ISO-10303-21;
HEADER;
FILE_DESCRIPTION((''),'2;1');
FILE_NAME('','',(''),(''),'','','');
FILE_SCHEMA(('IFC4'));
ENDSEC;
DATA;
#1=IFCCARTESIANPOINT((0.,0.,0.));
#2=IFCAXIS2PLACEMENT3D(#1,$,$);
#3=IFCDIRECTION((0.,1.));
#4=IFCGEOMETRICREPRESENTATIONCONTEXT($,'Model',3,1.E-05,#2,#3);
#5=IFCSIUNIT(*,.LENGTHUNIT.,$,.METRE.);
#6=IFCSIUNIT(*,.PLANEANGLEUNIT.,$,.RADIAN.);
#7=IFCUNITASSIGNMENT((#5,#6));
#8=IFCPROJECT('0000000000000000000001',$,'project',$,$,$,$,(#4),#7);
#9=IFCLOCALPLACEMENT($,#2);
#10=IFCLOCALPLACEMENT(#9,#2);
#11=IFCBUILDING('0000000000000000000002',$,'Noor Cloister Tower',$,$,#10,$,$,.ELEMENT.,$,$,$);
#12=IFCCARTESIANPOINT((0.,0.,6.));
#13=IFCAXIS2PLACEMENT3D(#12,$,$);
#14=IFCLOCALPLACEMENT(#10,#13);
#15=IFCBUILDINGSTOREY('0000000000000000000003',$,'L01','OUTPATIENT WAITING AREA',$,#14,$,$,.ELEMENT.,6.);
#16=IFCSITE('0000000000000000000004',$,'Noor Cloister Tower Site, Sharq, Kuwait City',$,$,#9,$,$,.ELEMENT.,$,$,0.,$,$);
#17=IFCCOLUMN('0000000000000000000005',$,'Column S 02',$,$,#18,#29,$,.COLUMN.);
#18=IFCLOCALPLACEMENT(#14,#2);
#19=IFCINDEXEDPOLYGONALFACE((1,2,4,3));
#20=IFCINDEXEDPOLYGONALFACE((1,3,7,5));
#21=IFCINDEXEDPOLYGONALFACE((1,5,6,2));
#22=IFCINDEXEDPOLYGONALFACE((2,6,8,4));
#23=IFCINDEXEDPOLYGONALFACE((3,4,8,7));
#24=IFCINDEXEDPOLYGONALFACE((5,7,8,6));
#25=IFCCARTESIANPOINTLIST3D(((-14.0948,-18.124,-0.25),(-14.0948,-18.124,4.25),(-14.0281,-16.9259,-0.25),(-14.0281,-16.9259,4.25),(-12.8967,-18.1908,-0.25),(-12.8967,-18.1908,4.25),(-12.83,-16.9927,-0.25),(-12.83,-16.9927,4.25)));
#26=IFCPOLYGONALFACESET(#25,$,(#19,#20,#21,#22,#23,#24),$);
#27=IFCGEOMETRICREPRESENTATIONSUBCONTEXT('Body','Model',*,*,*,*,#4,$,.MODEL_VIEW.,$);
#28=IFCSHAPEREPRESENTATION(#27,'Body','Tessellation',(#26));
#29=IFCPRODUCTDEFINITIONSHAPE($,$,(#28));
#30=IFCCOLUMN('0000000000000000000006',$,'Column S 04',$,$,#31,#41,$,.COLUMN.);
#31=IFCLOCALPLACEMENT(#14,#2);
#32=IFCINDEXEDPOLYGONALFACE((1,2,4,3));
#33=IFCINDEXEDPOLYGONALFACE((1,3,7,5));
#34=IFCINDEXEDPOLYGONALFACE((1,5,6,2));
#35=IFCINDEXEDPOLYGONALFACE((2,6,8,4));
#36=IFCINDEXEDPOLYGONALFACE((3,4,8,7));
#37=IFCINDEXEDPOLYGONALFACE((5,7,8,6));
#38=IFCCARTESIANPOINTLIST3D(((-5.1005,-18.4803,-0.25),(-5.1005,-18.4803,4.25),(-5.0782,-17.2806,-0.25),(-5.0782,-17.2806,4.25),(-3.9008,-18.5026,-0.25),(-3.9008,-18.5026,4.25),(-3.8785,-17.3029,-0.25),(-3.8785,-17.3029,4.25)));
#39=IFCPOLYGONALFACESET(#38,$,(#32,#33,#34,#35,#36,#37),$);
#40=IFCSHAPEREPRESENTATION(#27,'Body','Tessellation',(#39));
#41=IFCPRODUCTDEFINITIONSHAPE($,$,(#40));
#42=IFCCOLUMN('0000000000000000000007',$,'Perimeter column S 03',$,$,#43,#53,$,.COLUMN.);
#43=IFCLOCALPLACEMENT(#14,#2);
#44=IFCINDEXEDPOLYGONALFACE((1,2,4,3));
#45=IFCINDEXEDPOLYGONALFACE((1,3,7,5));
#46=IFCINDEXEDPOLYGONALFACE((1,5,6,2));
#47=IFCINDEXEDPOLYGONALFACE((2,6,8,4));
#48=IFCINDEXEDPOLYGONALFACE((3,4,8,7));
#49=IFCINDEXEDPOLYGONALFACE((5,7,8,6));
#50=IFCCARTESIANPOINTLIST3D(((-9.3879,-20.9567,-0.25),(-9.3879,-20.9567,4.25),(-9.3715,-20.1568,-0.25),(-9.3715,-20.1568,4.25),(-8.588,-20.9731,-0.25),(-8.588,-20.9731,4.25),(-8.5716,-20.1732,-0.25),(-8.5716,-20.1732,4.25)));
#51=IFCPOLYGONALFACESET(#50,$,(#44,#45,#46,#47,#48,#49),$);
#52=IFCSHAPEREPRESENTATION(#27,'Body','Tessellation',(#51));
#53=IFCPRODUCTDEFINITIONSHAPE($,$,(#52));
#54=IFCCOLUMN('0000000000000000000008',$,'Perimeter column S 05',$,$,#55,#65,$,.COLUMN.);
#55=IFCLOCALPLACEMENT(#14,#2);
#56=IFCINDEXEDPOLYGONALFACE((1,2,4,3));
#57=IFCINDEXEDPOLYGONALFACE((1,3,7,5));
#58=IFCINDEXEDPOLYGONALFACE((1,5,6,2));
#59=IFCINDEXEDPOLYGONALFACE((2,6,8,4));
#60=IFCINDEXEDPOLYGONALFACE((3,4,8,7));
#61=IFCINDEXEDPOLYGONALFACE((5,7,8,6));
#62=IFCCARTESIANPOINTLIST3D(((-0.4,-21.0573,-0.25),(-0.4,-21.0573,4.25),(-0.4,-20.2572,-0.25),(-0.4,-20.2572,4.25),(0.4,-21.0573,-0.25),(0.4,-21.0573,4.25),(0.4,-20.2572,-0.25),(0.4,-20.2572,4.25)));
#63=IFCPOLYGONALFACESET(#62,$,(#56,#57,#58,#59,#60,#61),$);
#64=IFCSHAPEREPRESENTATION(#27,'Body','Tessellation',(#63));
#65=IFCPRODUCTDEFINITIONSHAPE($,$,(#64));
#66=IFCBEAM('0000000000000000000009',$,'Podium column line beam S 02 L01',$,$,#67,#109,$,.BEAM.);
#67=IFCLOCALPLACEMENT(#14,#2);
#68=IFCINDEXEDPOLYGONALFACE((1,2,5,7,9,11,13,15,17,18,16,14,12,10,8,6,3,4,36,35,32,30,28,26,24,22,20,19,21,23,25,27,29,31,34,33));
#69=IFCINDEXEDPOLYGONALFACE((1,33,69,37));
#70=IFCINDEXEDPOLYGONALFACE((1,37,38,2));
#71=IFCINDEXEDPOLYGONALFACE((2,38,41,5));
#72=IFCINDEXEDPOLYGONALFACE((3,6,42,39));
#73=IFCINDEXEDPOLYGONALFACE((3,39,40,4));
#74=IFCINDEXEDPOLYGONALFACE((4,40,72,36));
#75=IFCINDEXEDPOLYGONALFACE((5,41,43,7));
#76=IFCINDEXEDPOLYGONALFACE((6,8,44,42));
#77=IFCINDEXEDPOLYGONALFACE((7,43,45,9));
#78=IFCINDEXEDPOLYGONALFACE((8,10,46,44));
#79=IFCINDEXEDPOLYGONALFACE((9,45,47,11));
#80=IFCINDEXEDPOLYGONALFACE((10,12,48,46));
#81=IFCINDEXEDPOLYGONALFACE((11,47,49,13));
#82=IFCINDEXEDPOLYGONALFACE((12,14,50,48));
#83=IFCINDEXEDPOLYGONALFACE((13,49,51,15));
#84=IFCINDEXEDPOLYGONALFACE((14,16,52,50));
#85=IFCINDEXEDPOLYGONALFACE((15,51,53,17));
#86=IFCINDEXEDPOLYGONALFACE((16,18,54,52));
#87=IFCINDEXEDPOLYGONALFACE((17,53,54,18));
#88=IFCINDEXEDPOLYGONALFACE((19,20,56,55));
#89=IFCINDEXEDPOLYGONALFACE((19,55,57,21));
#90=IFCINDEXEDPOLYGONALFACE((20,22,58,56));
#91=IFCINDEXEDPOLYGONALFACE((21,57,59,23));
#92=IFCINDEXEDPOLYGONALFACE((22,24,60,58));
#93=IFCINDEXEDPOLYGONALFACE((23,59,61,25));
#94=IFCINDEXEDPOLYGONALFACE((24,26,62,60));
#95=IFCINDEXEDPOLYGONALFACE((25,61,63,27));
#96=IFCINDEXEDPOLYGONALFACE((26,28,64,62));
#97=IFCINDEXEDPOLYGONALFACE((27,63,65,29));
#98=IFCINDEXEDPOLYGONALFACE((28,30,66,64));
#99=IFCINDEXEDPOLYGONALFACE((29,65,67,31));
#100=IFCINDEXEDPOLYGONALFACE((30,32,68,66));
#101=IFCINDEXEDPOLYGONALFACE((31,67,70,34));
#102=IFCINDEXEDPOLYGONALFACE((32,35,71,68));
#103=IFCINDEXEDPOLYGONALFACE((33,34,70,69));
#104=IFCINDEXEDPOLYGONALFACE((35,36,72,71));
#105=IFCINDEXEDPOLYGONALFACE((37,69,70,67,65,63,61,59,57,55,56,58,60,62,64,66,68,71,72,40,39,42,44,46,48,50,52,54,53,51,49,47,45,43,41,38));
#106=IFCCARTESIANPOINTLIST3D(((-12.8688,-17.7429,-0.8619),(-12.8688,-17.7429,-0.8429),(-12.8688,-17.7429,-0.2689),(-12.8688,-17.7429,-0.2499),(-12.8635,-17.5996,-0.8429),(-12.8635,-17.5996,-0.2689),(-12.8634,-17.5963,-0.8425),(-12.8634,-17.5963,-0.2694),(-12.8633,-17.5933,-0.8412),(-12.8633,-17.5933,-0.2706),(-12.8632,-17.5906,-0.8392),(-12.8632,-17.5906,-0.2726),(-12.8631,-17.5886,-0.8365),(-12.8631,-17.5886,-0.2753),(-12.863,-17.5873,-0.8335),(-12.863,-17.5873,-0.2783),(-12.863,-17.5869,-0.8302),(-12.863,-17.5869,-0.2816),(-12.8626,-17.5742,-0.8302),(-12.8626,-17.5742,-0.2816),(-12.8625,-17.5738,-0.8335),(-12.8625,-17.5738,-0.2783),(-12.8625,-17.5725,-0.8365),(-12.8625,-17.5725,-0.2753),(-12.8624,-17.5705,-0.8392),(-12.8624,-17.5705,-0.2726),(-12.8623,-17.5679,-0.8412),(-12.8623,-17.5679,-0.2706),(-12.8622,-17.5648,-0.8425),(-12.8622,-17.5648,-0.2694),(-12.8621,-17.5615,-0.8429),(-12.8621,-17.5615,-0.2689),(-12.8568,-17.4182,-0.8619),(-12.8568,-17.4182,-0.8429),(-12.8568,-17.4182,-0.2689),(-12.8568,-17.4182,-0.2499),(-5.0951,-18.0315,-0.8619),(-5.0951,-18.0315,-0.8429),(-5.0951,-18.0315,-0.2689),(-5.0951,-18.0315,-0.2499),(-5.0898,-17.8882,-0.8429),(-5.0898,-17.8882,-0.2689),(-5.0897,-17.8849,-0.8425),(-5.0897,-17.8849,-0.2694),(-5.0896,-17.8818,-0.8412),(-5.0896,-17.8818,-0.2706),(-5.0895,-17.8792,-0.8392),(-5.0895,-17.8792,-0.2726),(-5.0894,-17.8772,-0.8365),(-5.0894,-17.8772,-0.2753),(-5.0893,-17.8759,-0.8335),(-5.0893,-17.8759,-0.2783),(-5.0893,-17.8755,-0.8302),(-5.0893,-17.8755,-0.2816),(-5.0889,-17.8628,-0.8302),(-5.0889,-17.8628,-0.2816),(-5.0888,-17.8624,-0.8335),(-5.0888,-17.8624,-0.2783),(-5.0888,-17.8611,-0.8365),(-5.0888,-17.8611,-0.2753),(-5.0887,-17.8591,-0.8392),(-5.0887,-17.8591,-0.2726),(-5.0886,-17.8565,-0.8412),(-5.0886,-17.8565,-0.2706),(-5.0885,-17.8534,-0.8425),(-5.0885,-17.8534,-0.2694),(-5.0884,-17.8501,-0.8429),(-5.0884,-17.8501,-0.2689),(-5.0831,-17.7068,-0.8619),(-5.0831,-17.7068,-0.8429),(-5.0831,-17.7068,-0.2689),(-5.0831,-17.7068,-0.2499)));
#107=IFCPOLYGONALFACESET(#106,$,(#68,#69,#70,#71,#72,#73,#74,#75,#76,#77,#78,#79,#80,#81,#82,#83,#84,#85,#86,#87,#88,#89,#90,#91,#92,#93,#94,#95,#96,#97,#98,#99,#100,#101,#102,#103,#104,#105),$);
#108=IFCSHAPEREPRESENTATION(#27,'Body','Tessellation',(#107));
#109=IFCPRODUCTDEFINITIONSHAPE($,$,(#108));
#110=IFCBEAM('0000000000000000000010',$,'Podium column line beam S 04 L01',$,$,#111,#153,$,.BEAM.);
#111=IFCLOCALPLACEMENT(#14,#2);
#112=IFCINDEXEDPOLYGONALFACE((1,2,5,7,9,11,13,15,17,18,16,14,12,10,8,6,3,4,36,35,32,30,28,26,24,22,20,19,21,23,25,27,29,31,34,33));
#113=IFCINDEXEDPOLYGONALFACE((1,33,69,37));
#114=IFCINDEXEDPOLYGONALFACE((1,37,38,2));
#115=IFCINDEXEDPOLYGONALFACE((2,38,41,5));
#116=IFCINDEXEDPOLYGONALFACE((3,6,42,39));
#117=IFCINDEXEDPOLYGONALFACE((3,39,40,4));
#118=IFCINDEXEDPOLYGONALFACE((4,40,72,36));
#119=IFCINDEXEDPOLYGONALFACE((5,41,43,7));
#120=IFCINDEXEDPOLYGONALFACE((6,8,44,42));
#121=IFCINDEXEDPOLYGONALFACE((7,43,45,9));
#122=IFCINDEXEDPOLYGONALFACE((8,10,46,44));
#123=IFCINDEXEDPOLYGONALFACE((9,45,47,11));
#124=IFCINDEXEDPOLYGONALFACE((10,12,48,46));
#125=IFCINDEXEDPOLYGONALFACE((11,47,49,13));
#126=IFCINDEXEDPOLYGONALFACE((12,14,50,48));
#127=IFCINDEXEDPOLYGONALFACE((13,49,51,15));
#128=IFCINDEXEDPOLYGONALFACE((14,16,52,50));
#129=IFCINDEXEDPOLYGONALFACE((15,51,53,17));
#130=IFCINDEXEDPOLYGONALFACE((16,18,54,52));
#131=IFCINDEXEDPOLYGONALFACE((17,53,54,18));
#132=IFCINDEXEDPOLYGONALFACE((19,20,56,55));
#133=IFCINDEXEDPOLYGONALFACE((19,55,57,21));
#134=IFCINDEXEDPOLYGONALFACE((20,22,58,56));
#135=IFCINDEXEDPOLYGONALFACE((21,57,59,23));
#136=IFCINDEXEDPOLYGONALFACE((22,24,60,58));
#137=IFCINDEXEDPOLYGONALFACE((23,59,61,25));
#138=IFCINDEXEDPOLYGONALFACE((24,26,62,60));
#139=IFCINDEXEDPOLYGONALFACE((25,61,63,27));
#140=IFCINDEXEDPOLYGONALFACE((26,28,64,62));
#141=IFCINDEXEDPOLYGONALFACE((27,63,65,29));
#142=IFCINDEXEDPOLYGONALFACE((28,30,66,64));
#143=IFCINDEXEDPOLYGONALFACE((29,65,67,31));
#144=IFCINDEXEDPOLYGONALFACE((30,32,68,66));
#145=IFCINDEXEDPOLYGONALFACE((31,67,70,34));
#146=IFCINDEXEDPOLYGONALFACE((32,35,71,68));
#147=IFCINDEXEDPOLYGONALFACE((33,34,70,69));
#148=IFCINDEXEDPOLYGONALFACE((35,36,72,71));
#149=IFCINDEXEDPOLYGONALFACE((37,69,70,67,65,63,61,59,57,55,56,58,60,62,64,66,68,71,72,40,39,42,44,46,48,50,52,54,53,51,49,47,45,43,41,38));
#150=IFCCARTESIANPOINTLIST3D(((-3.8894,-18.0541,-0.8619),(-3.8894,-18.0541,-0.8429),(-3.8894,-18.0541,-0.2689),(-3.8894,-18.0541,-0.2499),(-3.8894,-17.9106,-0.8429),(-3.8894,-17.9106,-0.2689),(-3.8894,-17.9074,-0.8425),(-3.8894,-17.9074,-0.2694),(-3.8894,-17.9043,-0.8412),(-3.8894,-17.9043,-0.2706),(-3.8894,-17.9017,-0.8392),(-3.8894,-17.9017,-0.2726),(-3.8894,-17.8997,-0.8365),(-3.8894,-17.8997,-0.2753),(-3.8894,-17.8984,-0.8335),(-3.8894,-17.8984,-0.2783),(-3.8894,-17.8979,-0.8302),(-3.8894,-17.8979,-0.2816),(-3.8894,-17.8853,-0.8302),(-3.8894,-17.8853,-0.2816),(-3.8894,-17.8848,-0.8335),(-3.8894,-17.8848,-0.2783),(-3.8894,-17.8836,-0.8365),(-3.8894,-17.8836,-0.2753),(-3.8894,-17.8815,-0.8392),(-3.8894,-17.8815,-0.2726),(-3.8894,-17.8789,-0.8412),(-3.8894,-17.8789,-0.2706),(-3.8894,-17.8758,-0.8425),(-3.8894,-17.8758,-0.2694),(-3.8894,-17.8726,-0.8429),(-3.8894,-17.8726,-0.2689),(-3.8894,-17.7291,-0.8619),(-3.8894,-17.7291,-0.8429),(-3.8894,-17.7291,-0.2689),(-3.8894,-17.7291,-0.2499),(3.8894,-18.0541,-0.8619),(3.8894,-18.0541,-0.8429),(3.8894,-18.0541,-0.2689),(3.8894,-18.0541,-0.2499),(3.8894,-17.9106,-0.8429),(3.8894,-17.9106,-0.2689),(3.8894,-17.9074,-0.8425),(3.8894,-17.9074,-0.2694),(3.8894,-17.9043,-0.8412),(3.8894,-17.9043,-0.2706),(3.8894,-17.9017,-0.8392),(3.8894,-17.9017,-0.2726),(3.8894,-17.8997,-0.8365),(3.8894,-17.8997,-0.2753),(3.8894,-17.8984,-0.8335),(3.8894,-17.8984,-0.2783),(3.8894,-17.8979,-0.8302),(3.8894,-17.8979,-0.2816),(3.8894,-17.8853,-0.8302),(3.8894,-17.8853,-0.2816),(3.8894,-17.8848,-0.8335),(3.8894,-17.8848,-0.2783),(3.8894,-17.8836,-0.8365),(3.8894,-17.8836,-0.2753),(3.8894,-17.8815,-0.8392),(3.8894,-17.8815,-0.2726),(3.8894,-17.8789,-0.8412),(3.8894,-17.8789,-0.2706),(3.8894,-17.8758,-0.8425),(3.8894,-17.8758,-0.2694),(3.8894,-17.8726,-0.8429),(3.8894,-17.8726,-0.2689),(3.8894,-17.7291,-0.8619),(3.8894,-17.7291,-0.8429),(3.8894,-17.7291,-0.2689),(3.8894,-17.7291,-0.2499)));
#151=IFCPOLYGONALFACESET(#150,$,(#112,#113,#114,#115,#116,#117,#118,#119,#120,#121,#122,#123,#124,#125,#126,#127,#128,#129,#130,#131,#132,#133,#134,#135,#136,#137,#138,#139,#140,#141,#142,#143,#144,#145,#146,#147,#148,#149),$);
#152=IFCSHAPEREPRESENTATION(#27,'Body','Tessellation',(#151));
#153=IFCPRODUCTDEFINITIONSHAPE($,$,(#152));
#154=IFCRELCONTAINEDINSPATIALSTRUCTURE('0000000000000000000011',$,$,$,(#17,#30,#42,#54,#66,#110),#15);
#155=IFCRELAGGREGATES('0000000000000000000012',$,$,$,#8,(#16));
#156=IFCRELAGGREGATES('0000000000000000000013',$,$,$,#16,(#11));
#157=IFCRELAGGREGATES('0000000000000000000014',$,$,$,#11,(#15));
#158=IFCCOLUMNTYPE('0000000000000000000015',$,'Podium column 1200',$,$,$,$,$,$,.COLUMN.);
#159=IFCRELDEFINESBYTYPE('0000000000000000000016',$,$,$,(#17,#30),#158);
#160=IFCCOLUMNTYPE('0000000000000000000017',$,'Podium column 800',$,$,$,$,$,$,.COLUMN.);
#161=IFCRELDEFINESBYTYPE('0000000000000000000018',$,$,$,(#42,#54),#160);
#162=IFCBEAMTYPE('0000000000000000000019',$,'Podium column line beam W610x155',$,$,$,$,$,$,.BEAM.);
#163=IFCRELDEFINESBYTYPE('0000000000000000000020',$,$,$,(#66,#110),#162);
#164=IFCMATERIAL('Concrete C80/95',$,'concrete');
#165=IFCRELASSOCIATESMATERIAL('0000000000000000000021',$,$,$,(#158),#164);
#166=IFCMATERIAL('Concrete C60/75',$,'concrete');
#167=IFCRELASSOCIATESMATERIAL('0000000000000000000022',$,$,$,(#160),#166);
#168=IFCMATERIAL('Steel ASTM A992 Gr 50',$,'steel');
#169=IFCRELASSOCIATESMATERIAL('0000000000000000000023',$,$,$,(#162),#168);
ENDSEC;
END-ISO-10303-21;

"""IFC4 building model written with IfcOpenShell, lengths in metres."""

from ifc_helpers import new_model, si_unit, direction, frame, origin, origin_2d, place, context, subcontext, project, spatial, rectangle, i_section, extrude, material, material_profile, profile_set, type_object, element, save


model = new_model("IFC4")

# Units and contexts
model_context = context("Model", 3, precision=1e-05, world=origin(), true_north=direction((0.0, 1.0)))
body_context = subcontext(model_context, "Body", "Model", "MODEL_VIEW")
ifc_project = project(units=[si_unit("LENGTHUNIT", "METRE"), si_unit("PLANEANGLEUNIT", "RADIAN")], contexts=[model_context])

# Site, building, storey
site_placement = place(None, origin())
site = spatial("IfcSite", under=ifc_project, at=site_placement, Name="Noor Cloister Tower Site, Sharq, Kuwait City", CompositionType="ELEMENT", RefElevation=0.0)
building_placement = place(site_placement, origin())
building = spatial("IfcBuilding", under=site, at=building_placement, Name="Noor Cloister Tower", CompositionType="ELEMENT")
storey_placement = place(building_placement, frame((0.0, 0.0, 6.0)))
storey = spatial("IfcBuildingStorey", under=building, at=storey_placement, Name="L01", Description="OUTPATIENT WAITING AREA", CompositionType="ELEMENT", Elevation=6.0)

# Columns
ifc_material_1 = material(Name="Concrete C80/95", Category="concrete")
ifc_material_profile_1 = material_profile(ifc_material_1, rectangle(XDim=1.2, YDim=1.2, at=origin_2d()), Name="Podium column 1200")
ifc_profile_set_1 = profile_set([ifc_material_profile_1], Name="Concrete C80/95")
column_type_1 = type_object("IfcColumnType", Name="Podium column 1200", PredefinedType="COLUMN", material=ifc_profile_set_1)
for number, where, z_axis, x_axis, name in (
    (1, (-13.4624, -17.5583, -0.25), (0.0, 0.0, 1.0), (-0.055633, -0.998451, 0.0), "Column S 02"),
    (2, (-4.4895, -17.8916, -0.25), (0.0, 0.0, 1.0), (-0.018553, -0.999828, 0.0), "Column S 04"),
):
    element("IfcColumn", number, at=place(storey_placement, frame(where, z_axis=z_axis, x_axis=x_axis)), inside=storey, type_object=column_type_1, Name=name, PredefinedType="COLUMN", context=body_context, shape_type="SweptSolid", body=[
        extrude(rectangle(XDim=1.2, YDim=1.2, at=origin_2d()), origin(), (0.0, 0.0, 1.0), 4.5),
    ])
ifc_material_2 = material(Name="Concrete C60/75", Category="concrete")
ifc_material_profile_2 = material_profile(ifc_material_2, rectangle(XDim=0.8, YDim=0.8, at=origin_2d()), Name="Podium column 800")
ifc_profile_set_2 = profile_set([ifc_material_profile_2], Name="Concrete C60/75")
column_type_2 = type_object("IfcColumnType", Name="Podium column 800", PredefinedType="COLUMN", material=ifc_profile_set_2)
for number, where, z_axis, x_axis, name in (
    (3, (-8.9797, -20.5649, -0.25), (0.0, 0.0, 1.0), (-0.020537, -0.999789, 0.0), "Perimeter column S 03"),
    (4, (0.0, -20.6572, -0.25), (0.0, 0.0, 1.0), (0.0, -1.0, 0.0), "Perimeter column S 05"),
):
    element("IfcColumn", number, at=place(storey_placement, frame(where, z_axis=z_axis, x_axis=x_axis)), inside=storey, type_object=column_type_2, Name=name, PredefinedType="COLUMN", context=body_context, shape_type="SweptSolid", body=[
        extrude(rectangle(XDim=0.8, YDim=0.8, at=origin_2d()), origin(), (0.0, 0.0, 1.0), 4.5),
    ])

# Beams
ifc_material_3 = material(Name="Steel ASTM A992 Gr 50", Category="steel")
ifc_material_profile_3 = material_profile(ifc_material_3, i_section(OverallWidth=0.325, OverallDepth=0.6121, WebThickness=0.0127, FlangeThickness=0.019, FilletRadius=0.0127, at=origin_2d()), Name="W610x155")
ifc_profile_set_3 = profile_set([ifc_material_profile_3], Name="Steel ASTM A992 Gr 50")
beam_type_1 = type_object("IfcBeamType", Name="Podium column line beam W610x155", PredefinedType="BEAM", material=ifc_profile_set_3)
beam_1_placement = place(storey_placement, frame((-12.8628, -17.5806, -0.5559), z_axis=(0.999312, -0.037096, 0.0), x_axis=(0.037096, 0.999312, 0.0)))
element("IfcBeam", 5, at=beam_1_placement, inside=storey, type_object=beam_type_1, Name="Podium column line beam S 02 L01", PredefinedType="BEAM", context=body_context, shape_type="SweptSolid", body=[
    extrude(i_section(OverallWidth=0.325, OverallDepth=0.6121, WebThickness=0.0127, FlangeThickness=0.019, FilletRadius=0.0127, at=origin_2d()), origin(), (0.0, 0.0, 1.0), 7.7791),
])
beam_2_placement = place(storey_placement, frame((-3.8894, -17.8916, -0.5559), z_axis=(1.0, 0.0, 0.0), x_axis=(0.0, 1.0, 0.0)))
element("IfcBeam", 6, at=beam_2_placement, inside=storey, type_object=beam_type_1, Name="Podium column line beam S 04 L01", PredefinedType="BEAM", context=body_context, shape_type="SweptSolid", body=[
    extrude(i_section(OverallWidth=0.325, OverallDepth=0.6121, WebThickness=0.0127, FlangeThickness=0.019, FilletRadius=0.0127, at=origin_2d()), origin(), (0.0, 0.0, 1.0), 7.7788),
])

save(model, "model.ifc")
